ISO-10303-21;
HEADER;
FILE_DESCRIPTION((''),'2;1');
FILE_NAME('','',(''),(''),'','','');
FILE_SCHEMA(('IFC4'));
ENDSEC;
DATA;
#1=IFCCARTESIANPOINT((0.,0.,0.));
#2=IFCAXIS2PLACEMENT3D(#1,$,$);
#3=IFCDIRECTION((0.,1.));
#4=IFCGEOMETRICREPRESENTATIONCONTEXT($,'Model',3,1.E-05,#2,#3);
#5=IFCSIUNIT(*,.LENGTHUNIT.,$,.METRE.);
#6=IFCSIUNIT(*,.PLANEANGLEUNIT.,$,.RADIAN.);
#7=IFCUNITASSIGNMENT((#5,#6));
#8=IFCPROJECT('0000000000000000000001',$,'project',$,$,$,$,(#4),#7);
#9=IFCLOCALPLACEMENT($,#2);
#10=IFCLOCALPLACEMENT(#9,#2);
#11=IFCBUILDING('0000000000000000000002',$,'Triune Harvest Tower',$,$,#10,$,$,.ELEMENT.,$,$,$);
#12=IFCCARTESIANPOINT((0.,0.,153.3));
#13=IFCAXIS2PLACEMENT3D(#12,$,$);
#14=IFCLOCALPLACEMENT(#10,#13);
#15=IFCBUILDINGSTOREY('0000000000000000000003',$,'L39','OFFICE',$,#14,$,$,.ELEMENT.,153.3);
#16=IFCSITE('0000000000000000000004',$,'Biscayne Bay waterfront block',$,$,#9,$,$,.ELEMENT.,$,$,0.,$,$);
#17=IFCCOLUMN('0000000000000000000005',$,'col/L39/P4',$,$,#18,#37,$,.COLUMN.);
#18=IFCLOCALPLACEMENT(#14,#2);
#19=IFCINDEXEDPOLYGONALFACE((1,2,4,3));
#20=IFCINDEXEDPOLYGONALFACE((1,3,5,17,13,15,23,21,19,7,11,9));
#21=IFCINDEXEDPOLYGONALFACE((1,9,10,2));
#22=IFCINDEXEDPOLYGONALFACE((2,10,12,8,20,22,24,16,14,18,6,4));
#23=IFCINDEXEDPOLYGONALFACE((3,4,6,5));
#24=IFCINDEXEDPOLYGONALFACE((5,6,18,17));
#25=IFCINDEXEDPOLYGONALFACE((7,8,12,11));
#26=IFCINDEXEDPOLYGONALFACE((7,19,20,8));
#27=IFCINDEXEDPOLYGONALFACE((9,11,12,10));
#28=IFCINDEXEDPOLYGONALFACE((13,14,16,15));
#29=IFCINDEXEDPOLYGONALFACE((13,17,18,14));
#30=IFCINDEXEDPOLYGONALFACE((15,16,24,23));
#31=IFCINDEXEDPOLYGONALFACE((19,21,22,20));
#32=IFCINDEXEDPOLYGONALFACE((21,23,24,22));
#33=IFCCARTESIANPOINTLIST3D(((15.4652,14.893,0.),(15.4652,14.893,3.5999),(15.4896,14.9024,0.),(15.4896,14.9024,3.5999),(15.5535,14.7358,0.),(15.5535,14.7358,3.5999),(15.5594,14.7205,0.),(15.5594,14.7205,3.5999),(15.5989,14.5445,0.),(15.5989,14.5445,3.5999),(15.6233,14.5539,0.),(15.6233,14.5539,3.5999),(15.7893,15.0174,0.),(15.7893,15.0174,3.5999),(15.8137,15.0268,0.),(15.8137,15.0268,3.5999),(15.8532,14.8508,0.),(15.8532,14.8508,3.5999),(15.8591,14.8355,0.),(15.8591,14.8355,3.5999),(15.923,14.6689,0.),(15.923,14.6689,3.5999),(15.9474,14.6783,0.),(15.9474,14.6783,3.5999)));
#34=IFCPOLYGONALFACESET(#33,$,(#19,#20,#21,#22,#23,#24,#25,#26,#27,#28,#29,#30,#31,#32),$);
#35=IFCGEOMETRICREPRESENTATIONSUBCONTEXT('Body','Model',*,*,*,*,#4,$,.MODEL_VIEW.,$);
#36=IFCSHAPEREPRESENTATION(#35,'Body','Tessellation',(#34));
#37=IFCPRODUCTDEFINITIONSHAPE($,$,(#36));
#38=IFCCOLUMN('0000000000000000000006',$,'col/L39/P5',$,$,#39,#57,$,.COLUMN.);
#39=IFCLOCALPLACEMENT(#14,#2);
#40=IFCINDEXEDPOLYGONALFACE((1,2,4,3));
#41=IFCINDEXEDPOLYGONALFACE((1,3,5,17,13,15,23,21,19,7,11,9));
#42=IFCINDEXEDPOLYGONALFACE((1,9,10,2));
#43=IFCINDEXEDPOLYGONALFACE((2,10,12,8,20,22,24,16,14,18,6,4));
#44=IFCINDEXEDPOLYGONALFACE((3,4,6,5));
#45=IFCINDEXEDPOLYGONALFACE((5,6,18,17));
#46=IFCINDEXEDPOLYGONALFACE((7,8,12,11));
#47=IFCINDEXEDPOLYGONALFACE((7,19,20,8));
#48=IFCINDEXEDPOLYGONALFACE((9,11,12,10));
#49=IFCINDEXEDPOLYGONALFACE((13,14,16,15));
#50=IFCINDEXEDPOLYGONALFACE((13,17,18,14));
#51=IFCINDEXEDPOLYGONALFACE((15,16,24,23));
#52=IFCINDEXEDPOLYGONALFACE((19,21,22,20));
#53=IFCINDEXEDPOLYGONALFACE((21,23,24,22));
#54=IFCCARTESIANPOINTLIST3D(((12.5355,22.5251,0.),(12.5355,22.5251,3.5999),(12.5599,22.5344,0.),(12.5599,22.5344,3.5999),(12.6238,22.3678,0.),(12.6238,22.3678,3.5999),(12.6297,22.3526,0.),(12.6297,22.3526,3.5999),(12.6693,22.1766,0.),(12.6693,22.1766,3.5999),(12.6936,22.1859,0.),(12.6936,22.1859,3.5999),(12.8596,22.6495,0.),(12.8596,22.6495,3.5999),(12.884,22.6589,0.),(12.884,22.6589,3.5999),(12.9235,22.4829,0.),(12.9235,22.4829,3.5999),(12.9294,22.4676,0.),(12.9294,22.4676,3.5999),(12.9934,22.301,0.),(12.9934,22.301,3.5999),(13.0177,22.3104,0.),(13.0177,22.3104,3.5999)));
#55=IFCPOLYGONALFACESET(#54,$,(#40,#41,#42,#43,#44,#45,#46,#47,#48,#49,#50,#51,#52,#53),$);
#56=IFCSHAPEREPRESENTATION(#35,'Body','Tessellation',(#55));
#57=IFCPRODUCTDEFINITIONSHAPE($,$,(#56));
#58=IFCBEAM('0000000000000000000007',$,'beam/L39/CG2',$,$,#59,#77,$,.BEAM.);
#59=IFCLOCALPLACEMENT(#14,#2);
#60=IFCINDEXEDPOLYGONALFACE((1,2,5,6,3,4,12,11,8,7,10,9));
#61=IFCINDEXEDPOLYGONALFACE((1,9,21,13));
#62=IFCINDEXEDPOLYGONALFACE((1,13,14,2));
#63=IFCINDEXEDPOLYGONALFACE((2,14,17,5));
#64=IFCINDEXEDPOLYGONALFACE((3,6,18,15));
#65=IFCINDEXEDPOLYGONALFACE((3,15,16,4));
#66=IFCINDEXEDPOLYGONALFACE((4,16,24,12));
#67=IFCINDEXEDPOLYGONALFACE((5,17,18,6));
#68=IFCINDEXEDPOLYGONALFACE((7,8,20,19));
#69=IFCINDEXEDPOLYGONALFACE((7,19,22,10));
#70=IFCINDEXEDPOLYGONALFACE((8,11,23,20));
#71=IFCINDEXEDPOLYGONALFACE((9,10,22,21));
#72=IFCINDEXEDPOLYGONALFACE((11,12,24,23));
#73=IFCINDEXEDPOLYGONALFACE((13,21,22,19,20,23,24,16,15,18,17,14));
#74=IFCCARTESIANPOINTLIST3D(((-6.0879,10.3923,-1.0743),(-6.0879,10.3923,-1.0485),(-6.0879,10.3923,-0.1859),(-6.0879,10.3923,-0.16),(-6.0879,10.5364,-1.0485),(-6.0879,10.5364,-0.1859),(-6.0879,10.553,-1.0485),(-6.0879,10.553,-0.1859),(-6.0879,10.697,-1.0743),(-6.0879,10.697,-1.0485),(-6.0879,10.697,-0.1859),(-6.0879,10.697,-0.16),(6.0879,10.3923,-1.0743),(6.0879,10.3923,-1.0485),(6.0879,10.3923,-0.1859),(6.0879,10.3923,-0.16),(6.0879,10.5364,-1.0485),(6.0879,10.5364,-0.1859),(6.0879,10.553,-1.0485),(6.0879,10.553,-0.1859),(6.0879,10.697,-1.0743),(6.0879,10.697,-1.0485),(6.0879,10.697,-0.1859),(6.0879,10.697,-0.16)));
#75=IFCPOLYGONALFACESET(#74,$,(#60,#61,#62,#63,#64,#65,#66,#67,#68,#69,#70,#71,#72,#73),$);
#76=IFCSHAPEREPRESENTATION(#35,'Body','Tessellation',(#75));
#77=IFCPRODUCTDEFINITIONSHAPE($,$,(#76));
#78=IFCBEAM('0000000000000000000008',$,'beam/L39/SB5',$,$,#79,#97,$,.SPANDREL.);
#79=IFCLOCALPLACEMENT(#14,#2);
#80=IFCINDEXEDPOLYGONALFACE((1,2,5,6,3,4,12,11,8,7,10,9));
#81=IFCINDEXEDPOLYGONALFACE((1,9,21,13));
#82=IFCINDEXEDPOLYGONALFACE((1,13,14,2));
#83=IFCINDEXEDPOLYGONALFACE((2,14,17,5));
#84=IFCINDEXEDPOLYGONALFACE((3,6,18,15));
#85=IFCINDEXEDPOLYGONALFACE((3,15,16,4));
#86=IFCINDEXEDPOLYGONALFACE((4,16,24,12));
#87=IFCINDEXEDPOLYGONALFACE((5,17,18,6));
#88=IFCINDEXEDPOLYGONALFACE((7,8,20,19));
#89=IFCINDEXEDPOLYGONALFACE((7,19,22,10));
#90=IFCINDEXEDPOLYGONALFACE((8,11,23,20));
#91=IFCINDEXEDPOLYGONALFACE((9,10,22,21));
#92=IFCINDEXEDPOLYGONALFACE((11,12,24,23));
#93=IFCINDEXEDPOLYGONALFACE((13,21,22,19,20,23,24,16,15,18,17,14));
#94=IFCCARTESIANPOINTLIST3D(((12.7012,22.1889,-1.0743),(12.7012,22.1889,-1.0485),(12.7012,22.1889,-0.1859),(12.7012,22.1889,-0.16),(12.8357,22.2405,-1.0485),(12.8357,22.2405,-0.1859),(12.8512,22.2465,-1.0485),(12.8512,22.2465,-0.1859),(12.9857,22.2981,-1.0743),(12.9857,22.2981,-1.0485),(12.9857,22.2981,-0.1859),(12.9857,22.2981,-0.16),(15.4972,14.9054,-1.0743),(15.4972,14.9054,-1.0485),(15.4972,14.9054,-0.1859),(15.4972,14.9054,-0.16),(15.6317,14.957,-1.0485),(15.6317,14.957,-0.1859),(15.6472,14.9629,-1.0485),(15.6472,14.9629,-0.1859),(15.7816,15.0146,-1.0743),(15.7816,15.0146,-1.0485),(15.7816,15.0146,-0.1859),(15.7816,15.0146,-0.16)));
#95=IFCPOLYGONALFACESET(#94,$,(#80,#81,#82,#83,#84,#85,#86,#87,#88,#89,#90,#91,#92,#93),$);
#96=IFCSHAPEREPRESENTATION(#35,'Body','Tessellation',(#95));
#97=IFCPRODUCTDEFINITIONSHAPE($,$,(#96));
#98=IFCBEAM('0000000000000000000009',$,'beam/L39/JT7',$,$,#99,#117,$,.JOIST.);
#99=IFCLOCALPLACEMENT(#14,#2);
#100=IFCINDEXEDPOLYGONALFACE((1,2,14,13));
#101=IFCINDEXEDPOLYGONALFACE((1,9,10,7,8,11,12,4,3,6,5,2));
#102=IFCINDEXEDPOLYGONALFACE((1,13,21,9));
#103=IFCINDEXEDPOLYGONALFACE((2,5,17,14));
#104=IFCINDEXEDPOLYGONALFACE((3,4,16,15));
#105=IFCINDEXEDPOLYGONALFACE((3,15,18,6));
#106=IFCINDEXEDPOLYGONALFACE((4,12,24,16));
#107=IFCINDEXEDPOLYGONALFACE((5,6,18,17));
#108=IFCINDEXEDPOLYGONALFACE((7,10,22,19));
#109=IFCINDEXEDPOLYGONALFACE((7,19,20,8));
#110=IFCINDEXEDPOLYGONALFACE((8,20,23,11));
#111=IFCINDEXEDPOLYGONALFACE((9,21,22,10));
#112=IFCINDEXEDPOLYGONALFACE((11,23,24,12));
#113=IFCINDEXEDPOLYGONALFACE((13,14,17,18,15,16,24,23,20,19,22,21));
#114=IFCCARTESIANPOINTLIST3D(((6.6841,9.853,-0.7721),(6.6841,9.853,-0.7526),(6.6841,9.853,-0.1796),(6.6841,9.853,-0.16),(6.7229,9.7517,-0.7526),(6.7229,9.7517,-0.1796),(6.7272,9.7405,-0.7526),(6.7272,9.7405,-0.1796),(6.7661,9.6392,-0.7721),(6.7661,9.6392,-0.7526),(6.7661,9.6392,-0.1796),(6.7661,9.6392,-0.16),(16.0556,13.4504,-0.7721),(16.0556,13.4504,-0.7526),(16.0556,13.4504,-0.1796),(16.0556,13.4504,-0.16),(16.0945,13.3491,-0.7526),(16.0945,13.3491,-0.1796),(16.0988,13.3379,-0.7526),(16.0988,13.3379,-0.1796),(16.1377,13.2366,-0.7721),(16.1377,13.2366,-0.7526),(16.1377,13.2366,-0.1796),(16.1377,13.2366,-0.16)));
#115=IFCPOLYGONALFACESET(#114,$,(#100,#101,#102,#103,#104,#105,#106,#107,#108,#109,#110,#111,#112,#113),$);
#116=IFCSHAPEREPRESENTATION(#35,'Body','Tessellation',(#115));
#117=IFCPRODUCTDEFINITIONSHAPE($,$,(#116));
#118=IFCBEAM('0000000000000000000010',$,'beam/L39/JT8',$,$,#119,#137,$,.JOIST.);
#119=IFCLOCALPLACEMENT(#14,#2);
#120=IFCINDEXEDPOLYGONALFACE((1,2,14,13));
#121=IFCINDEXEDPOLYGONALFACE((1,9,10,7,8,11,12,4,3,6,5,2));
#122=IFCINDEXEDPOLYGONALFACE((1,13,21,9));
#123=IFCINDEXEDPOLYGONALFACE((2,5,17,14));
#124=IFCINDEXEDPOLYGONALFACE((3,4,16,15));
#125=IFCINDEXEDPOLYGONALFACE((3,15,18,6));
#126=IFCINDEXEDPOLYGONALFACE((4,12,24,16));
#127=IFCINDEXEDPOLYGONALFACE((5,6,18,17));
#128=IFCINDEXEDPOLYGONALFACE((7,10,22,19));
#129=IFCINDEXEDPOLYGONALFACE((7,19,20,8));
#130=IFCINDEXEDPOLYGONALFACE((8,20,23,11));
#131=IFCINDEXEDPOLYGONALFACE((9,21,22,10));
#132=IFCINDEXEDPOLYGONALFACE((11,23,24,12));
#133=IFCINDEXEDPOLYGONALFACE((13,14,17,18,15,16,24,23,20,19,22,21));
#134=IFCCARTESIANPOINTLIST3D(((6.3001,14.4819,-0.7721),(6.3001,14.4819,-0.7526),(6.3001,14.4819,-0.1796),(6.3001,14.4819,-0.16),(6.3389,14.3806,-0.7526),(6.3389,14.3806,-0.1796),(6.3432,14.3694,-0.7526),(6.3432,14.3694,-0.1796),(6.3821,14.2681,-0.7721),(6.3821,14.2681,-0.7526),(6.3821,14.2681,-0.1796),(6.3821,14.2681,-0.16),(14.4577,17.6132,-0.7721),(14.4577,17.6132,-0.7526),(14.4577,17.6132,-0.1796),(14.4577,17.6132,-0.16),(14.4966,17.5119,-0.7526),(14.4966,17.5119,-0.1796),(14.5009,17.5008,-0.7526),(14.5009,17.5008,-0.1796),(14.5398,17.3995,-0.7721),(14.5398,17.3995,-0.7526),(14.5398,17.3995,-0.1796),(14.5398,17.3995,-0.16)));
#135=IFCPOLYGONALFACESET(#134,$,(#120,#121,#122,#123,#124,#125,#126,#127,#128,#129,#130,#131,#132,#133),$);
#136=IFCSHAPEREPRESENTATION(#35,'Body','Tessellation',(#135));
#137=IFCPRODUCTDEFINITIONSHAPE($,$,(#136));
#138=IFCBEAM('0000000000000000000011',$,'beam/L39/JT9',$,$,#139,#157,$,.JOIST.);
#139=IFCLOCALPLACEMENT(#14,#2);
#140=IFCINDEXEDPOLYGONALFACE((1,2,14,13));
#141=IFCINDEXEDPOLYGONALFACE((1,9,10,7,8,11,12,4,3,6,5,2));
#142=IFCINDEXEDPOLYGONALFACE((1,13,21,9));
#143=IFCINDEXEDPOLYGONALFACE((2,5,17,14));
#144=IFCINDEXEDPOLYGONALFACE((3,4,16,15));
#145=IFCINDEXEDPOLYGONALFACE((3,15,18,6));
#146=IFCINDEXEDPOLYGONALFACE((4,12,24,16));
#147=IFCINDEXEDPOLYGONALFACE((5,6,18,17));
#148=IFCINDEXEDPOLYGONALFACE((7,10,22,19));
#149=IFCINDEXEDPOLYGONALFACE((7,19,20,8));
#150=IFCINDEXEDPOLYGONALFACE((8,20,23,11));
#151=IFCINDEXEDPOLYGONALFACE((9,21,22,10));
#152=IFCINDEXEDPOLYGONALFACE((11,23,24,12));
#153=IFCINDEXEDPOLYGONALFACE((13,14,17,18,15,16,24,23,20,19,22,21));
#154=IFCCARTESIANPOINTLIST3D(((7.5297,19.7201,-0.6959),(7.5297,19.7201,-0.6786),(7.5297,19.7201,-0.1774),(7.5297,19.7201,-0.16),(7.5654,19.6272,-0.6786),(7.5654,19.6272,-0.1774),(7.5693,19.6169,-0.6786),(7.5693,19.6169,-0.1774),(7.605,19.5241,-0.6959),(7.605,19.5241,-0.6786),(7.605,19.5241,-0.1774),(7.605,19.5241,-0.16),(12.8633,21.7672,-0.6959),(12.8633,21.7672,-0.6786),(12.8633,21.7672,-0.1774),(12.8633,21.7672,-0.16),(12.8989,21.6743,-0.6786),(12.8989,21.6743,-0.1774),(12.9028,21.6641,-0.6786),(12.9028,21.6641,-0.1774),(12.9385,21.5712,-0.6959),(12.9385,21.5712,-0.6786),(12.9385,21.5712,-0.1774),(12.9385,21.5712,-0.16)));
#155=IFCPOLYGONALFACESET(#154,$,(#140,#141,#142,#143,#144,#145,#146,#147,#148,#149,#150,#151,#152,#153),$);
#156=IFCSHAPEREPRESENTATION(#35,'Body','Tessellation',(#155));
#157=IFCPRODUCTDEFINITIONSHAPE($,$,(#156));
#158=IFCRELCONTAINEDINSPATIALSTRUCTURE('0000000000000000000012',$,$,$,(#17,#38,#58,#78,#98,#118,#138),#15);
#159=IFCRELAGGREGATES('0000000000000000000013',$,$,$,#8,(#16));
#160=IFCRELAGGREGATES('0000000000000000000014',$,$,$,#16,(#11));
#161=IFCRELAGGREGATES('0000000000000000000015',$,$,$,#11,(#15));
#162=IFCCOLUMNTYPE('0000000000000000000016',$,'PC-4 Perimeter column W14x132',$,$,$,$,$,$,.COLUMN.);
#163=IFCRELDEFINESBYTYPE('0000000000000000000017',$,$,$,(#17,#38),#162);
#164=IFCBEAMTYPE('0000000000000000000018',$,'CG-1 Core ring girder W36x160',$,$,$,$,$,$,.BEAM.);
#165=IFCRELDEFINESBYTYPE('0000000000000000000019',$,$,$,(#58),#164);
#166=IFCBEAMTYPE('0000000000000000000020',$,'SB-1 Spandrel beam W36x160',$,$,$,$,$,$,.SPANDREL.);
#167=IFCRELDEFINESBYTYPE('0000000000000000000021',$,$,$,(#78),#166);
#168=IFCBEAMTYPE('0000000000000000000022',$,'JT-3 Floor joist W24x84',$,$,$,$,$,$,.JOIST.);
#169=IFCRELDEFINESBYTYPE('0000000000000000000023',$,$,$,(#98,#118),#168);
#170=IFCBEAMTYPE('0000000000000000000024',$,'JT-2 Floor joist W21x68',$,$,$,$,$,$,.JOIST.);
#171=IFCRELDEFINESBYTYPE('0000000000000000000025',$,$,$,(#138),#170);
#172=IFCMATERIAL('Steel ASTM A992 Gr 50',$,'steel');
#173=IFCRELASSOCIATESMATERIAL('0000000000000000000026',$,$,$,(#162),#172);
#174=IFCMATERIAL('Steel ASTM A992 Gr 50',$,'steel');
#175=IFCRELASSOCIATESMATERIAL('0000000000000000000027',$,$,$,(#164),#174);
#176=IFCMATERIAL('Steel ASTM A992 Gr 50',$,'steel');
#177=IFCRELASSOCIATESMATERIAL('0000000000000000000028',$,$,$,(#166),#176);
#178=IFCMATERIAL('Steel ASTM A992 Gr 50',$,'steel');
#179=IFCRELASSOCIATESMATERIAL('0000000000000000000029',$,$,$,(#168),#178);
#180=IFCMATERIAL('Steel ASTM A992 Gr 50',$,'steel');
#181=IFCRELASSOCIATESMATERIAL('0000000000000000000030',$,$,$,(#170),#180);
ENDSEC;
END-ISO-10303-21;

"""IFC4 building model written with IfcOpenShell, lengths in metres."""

from ifc_helpers import new_model, si_unit, direction, frame, origin, origin_2d, place, context, subcontext, project, spatial, i_section, extrude, source, transform, mapped, material, material_profile, profile_set, type_object, element, save


model = new_model("IFC4")

# Units and contexts
model_context = context("Model", 3, precision=1e-05, world=origin(), true_north=direction((0.0, 1.0)))
body_context = subcontext(model_context, "Body", "Model", "MODEL_VIEW")
ifc_project = project(units=[si_unit("LENGTHUNIT", "METRE"), si_unit("PLANEANGLEUNIT", "RADIAN")], contexts=[model_context])

# Site, building, storey
site_placement = place(None, origin())
site = spatial("IfcSite", under=ifc_project, at=site_placement, Name="Biscayne Bay waterfront block", CompositionType="ELEMENT", RefElevation=0.0)
building_placement = place(site_placement, origin())
building = spatial("IfcBuilding", under=site, at=building_placement, Name="Triune Harvest Tower", CompositionType="ELEMENT")
storey_placement = place(building_placement, frame((0.0, 0.0, 153.3)))
storey = spatial("IfcBuildingStorey", under=building, at=storey_placement, Name="L39", Description="OFFICE", CompositionType="ELEMENT", Elevation=153.3)

# Columns
ifc_material_1 = material(Name="Steel ASTM A992 Gr 50", Category="steel")
ifc_material_profile_1 = material_profile(ifc_material_1, i_section(OverallWidth=0.3733, OverallDepth=0.3733, WebThickness=0.0164, FlangeThickness=0.0261, at=origin_2d()), Name="W14x132")
ifc_profile_set_1 = profile_set([ifc_material_profile_1], Name="Steel ASTM A992 Gr 50")
column_type = type_object("IfcColumnType", Name="PC-4 Perimeter column W14x132", PredefinedType="COLUMN", material=ifc_profile_set_1)
shared_shape_1 = source(origin(), body_context, "Body", "SweptSolid", [
    extrude(i_section(OverallWidth=0.3733, OverallDepth=0.3733, WebThickness=0.0164, FlangeThickness=0.0261, at=origin_2d()), origin(), (0.0, 0.0, 1.0), 3.5999),
])
for number, where, z_axis, x_axis, name in (
    (1, (15.7063, 14.7856, 0.0), (0.0, 0.0, 1.0), (-0.358368, 0.93358, 0.0), "col/L39/P4"),
    (2, (12.7766, 22.4177, 0.0), (0.0, 0.0, 1.0), (-0.358368, 0.93358, 0.0), "col/L39/P5"),
):
    element("IfcColumn", number, at=place(storey_placement, frame(where, z_axis=z_axis, x_axis=x_axis)), inside=storey, type_object=column_type, Name=name, PredefinedType="COLUMN", context=body_context, shape_type="MappedRepresentation", body=[
        mapped(shared_shape_1, transform((0.0, 0.0, 0.0), scale=1.0)),
    ])

# Beams
ifc_material_2 = material(Name="Steel ASTM A992 Gr 50", Category="steel")
ifc_material_profile_2 = material_profile(ifc_material_2, i_section(OverallWidth=0.3047, OverallDepth=0.9143, WebThickness=0.0166, FlangeThickness=0.0259, at=origin_2d()), Name="W36x160")
ifc_profile_set_2 = profile_set([ifc_material_profile_2], Name="Steel ASTM A992 Gr 50")
beam_type_1 = type_object("IfcBeamType", Name="CG-1 Core ring girder W36x160", PredefinedType="BEAM", material=ifc_profile_set_2)
shared_shape_2 = source(origin(), body_context, "Body", "SweptSolid", [
    extrude(i_section(OverallWidth=0.3047, OverallDepth=0.9143, WebThickness=0.0166, FlangeThickness=0.0259, at=origin_2d()), origin(), (0.0, 0.0, 1.0), 12.1758),
])
beam_1_placement = place(storey_placement, frame((6.0879, 10.5447, -0.6172), z_axis=(-1.0, 0.0, 0.0), x_axis=(0.0, -1.0, 0.0)))
element("IfcBeam", 3, at=beam_1_placement, inside=storey, type_object=beam_type_1, Name="beam/L39/CG2", PredefinedType="BEAM", context=body_context, shape_type="MappedRepresentation", body=[
    mapped(shared_shape_2, transform((0.0, 0.0, 0.0), scale=1.0)),
])
ifc_material_3 = material(Name="Steel ASTM A992 Gr 50", Category="steel")
ifc_material_profile_3 = material_profile(ifc_material_3, i_section(OverallWidth=0.3047, OverallDepth=0.9143, WebThickness=0.0166, FlangeThickness=0.0259, at=origin_2d()), Name="W36x160")
ifc_profile_set_3 = profile_set([ifc_material_profile_3], Name="Steel ASTM A992 Gr 50")
beam_type_2 = type_object("IfcBeamType", Name="SB-1 Spandrel beam W36x160", PredefinedType="SPANDREL", material=ifc_profile_set_3)
shared_shape_3 = source(origin(), body_context, "Body", "SweptSolid", [
    extrude(i_section(OverallWidth=0.3047, OverallDepth=0.9143, WebThickness=0.0166, FlangeThickness=0.0259, at=origin_2d()), origin(), (0.0, 0.0, 1.0), 7.8018),
])
beam_2_placement = place(storey_placement, frame((15.6394, 14.96, -0.6172), z_axis=(-0.358373, 0.933578, 0.0), x_axis=(-0.933578, -0.358373, 0.0)))
element("IfcBeam", 4, at=beam_2_placement, inside=storey, type_object=beam_type_2, Name="beam/L39/SB5", PredefinedType="SPANDREL", context=body_context, shape_type="MappedRepresentation", body=[
    mapped(shared_shape_3, transform((0.0, 0.0, 0.0), scale=1.0)),
])
ifc_material_4 = material(Name="Steel ASTM A992 Gr 50", Category="steel")
ifc_material_profile_4 = material_profile(ifc_material_4, i_section(OverallWidth=0.229, OverallDepth=0.6121, WebThickness=0.012, FlangeThickness=0.0195, at=origin_2d()), Name="W24x84")
ifc_profile_set_4 = profile_set([ifc_material_profile_4], Name="Steel ASTM A992 Gr 50")
beam_type_3 = type_object("IfcBeamType", Name="JT-3 Floor joist W24x84", PredefinedType="JOIST", material=ifc_profile_set_4)
shared_shape_4 = source(origin(), body_context, "Body", "SweptSolid", [
    extrude(i_section(OverallWidth=0.229, OverallDepth=0.6121, WebThickness=0.012, FlangeThickness=0.0195, at=origin_2d()), origin(), (0.0, 0.0, 1.0), 10.0383),
])
beam_3_placement = place(storey_placement, frame((16.0967, 13.3435, -0.4661), z_axis=(-0.93358, -0.358368, 0.0), x_axis=(0.358368, -0.93358, 0.0)))
element("IfcBeam", 5, at=beam_3_placement, inside=storey, type_object=beam_type_3, Name="beam/L39/JT7", PredefinedType="JOIST", context=body_context, shape_type="MappedRepresentation", body=[
    mapped(shared_shape_4, transform((0.0, 0.0, 0.0), scale=1.0)),
])
shared_shape_5 = source(origin(), body_context, "Body", "SweptSolid", [
    extrude(i_section(OverallWidth=0.229, OverallDepth=0.6121, WebThickness=0.012, FlangeThickness=0.0195, at=origin_2d()), origin(), (0.0, 0.0, 1.0), 8.738),
])
beam_4_placement = place(storey_placement, frame((14.4988, 17.5063, -0.4661), z_axis=(-0.933584, -0.358357, 0.0), x_axis=(0.358357, -0.933584, 0.0)))
element("IfcBeam", 6, at=beam_4_placement, inside=storey, type_object=beam_type_3, Name="beam/L39/JT8", PredefinedType="JOIST", context=body_context, shape_type="MappedRepresentation", body=[
    mapped(shared_shape_5, transform((0.0, 0.0, 0.0), scale=1.0)),
])
ifc_material_5 = material(Name="Steel ASTM A992 Gr 50", Category="steel")
ifc_material_profile_5 = material_profile(ifc_material_5, i_section(OverallWidth=0.21, OverallDepth=0.5359, WebThickness=0.011, FlangeThickness=0.0173, at=origin_2d()), Name="W21x68")
ifc_profile_set_5 = profile_set([ifc_material_profile_5], Name="Steel ASTM A992 Gr 50")
beam_type_4 = type_object("IfcBeamType", Name="JT-2 Floor joist W21x68", PredefinedType="JOIST", material=ifc_profile_set_5)
shared_shape_6 = source(origin(), body_context, "Body", "SweptSolid", [
    extrude(i_section(OverallWidth=0.21, OverallDepth=0.5359, WebThickness=0.011, FlangeThickness=0.0173, at=origin_2d()), origin(), (0.0, 0.0, 1.0), 5.7129),
])
beam_5_placement = place(storey_placement, frame((12.9009, 21.6692, -0.428), z_axis=(-0.933593, -0.358335, 0.0), x_axis=(0.358335, -0.933593, 0.0)))
element("IfcBeam", 7, at=beam_5_placement, inside=storey, type_object=beam_type_4, Name="beam/L39/JT9", PredefinedType="JOIST", context=body_context, shape_type="MappedRepresentation", body=[
    mapped(shared_shape_6, transform((0.0, 0.0, 0.0), scale=1.0)),
])

save(model, "model.ifc")
